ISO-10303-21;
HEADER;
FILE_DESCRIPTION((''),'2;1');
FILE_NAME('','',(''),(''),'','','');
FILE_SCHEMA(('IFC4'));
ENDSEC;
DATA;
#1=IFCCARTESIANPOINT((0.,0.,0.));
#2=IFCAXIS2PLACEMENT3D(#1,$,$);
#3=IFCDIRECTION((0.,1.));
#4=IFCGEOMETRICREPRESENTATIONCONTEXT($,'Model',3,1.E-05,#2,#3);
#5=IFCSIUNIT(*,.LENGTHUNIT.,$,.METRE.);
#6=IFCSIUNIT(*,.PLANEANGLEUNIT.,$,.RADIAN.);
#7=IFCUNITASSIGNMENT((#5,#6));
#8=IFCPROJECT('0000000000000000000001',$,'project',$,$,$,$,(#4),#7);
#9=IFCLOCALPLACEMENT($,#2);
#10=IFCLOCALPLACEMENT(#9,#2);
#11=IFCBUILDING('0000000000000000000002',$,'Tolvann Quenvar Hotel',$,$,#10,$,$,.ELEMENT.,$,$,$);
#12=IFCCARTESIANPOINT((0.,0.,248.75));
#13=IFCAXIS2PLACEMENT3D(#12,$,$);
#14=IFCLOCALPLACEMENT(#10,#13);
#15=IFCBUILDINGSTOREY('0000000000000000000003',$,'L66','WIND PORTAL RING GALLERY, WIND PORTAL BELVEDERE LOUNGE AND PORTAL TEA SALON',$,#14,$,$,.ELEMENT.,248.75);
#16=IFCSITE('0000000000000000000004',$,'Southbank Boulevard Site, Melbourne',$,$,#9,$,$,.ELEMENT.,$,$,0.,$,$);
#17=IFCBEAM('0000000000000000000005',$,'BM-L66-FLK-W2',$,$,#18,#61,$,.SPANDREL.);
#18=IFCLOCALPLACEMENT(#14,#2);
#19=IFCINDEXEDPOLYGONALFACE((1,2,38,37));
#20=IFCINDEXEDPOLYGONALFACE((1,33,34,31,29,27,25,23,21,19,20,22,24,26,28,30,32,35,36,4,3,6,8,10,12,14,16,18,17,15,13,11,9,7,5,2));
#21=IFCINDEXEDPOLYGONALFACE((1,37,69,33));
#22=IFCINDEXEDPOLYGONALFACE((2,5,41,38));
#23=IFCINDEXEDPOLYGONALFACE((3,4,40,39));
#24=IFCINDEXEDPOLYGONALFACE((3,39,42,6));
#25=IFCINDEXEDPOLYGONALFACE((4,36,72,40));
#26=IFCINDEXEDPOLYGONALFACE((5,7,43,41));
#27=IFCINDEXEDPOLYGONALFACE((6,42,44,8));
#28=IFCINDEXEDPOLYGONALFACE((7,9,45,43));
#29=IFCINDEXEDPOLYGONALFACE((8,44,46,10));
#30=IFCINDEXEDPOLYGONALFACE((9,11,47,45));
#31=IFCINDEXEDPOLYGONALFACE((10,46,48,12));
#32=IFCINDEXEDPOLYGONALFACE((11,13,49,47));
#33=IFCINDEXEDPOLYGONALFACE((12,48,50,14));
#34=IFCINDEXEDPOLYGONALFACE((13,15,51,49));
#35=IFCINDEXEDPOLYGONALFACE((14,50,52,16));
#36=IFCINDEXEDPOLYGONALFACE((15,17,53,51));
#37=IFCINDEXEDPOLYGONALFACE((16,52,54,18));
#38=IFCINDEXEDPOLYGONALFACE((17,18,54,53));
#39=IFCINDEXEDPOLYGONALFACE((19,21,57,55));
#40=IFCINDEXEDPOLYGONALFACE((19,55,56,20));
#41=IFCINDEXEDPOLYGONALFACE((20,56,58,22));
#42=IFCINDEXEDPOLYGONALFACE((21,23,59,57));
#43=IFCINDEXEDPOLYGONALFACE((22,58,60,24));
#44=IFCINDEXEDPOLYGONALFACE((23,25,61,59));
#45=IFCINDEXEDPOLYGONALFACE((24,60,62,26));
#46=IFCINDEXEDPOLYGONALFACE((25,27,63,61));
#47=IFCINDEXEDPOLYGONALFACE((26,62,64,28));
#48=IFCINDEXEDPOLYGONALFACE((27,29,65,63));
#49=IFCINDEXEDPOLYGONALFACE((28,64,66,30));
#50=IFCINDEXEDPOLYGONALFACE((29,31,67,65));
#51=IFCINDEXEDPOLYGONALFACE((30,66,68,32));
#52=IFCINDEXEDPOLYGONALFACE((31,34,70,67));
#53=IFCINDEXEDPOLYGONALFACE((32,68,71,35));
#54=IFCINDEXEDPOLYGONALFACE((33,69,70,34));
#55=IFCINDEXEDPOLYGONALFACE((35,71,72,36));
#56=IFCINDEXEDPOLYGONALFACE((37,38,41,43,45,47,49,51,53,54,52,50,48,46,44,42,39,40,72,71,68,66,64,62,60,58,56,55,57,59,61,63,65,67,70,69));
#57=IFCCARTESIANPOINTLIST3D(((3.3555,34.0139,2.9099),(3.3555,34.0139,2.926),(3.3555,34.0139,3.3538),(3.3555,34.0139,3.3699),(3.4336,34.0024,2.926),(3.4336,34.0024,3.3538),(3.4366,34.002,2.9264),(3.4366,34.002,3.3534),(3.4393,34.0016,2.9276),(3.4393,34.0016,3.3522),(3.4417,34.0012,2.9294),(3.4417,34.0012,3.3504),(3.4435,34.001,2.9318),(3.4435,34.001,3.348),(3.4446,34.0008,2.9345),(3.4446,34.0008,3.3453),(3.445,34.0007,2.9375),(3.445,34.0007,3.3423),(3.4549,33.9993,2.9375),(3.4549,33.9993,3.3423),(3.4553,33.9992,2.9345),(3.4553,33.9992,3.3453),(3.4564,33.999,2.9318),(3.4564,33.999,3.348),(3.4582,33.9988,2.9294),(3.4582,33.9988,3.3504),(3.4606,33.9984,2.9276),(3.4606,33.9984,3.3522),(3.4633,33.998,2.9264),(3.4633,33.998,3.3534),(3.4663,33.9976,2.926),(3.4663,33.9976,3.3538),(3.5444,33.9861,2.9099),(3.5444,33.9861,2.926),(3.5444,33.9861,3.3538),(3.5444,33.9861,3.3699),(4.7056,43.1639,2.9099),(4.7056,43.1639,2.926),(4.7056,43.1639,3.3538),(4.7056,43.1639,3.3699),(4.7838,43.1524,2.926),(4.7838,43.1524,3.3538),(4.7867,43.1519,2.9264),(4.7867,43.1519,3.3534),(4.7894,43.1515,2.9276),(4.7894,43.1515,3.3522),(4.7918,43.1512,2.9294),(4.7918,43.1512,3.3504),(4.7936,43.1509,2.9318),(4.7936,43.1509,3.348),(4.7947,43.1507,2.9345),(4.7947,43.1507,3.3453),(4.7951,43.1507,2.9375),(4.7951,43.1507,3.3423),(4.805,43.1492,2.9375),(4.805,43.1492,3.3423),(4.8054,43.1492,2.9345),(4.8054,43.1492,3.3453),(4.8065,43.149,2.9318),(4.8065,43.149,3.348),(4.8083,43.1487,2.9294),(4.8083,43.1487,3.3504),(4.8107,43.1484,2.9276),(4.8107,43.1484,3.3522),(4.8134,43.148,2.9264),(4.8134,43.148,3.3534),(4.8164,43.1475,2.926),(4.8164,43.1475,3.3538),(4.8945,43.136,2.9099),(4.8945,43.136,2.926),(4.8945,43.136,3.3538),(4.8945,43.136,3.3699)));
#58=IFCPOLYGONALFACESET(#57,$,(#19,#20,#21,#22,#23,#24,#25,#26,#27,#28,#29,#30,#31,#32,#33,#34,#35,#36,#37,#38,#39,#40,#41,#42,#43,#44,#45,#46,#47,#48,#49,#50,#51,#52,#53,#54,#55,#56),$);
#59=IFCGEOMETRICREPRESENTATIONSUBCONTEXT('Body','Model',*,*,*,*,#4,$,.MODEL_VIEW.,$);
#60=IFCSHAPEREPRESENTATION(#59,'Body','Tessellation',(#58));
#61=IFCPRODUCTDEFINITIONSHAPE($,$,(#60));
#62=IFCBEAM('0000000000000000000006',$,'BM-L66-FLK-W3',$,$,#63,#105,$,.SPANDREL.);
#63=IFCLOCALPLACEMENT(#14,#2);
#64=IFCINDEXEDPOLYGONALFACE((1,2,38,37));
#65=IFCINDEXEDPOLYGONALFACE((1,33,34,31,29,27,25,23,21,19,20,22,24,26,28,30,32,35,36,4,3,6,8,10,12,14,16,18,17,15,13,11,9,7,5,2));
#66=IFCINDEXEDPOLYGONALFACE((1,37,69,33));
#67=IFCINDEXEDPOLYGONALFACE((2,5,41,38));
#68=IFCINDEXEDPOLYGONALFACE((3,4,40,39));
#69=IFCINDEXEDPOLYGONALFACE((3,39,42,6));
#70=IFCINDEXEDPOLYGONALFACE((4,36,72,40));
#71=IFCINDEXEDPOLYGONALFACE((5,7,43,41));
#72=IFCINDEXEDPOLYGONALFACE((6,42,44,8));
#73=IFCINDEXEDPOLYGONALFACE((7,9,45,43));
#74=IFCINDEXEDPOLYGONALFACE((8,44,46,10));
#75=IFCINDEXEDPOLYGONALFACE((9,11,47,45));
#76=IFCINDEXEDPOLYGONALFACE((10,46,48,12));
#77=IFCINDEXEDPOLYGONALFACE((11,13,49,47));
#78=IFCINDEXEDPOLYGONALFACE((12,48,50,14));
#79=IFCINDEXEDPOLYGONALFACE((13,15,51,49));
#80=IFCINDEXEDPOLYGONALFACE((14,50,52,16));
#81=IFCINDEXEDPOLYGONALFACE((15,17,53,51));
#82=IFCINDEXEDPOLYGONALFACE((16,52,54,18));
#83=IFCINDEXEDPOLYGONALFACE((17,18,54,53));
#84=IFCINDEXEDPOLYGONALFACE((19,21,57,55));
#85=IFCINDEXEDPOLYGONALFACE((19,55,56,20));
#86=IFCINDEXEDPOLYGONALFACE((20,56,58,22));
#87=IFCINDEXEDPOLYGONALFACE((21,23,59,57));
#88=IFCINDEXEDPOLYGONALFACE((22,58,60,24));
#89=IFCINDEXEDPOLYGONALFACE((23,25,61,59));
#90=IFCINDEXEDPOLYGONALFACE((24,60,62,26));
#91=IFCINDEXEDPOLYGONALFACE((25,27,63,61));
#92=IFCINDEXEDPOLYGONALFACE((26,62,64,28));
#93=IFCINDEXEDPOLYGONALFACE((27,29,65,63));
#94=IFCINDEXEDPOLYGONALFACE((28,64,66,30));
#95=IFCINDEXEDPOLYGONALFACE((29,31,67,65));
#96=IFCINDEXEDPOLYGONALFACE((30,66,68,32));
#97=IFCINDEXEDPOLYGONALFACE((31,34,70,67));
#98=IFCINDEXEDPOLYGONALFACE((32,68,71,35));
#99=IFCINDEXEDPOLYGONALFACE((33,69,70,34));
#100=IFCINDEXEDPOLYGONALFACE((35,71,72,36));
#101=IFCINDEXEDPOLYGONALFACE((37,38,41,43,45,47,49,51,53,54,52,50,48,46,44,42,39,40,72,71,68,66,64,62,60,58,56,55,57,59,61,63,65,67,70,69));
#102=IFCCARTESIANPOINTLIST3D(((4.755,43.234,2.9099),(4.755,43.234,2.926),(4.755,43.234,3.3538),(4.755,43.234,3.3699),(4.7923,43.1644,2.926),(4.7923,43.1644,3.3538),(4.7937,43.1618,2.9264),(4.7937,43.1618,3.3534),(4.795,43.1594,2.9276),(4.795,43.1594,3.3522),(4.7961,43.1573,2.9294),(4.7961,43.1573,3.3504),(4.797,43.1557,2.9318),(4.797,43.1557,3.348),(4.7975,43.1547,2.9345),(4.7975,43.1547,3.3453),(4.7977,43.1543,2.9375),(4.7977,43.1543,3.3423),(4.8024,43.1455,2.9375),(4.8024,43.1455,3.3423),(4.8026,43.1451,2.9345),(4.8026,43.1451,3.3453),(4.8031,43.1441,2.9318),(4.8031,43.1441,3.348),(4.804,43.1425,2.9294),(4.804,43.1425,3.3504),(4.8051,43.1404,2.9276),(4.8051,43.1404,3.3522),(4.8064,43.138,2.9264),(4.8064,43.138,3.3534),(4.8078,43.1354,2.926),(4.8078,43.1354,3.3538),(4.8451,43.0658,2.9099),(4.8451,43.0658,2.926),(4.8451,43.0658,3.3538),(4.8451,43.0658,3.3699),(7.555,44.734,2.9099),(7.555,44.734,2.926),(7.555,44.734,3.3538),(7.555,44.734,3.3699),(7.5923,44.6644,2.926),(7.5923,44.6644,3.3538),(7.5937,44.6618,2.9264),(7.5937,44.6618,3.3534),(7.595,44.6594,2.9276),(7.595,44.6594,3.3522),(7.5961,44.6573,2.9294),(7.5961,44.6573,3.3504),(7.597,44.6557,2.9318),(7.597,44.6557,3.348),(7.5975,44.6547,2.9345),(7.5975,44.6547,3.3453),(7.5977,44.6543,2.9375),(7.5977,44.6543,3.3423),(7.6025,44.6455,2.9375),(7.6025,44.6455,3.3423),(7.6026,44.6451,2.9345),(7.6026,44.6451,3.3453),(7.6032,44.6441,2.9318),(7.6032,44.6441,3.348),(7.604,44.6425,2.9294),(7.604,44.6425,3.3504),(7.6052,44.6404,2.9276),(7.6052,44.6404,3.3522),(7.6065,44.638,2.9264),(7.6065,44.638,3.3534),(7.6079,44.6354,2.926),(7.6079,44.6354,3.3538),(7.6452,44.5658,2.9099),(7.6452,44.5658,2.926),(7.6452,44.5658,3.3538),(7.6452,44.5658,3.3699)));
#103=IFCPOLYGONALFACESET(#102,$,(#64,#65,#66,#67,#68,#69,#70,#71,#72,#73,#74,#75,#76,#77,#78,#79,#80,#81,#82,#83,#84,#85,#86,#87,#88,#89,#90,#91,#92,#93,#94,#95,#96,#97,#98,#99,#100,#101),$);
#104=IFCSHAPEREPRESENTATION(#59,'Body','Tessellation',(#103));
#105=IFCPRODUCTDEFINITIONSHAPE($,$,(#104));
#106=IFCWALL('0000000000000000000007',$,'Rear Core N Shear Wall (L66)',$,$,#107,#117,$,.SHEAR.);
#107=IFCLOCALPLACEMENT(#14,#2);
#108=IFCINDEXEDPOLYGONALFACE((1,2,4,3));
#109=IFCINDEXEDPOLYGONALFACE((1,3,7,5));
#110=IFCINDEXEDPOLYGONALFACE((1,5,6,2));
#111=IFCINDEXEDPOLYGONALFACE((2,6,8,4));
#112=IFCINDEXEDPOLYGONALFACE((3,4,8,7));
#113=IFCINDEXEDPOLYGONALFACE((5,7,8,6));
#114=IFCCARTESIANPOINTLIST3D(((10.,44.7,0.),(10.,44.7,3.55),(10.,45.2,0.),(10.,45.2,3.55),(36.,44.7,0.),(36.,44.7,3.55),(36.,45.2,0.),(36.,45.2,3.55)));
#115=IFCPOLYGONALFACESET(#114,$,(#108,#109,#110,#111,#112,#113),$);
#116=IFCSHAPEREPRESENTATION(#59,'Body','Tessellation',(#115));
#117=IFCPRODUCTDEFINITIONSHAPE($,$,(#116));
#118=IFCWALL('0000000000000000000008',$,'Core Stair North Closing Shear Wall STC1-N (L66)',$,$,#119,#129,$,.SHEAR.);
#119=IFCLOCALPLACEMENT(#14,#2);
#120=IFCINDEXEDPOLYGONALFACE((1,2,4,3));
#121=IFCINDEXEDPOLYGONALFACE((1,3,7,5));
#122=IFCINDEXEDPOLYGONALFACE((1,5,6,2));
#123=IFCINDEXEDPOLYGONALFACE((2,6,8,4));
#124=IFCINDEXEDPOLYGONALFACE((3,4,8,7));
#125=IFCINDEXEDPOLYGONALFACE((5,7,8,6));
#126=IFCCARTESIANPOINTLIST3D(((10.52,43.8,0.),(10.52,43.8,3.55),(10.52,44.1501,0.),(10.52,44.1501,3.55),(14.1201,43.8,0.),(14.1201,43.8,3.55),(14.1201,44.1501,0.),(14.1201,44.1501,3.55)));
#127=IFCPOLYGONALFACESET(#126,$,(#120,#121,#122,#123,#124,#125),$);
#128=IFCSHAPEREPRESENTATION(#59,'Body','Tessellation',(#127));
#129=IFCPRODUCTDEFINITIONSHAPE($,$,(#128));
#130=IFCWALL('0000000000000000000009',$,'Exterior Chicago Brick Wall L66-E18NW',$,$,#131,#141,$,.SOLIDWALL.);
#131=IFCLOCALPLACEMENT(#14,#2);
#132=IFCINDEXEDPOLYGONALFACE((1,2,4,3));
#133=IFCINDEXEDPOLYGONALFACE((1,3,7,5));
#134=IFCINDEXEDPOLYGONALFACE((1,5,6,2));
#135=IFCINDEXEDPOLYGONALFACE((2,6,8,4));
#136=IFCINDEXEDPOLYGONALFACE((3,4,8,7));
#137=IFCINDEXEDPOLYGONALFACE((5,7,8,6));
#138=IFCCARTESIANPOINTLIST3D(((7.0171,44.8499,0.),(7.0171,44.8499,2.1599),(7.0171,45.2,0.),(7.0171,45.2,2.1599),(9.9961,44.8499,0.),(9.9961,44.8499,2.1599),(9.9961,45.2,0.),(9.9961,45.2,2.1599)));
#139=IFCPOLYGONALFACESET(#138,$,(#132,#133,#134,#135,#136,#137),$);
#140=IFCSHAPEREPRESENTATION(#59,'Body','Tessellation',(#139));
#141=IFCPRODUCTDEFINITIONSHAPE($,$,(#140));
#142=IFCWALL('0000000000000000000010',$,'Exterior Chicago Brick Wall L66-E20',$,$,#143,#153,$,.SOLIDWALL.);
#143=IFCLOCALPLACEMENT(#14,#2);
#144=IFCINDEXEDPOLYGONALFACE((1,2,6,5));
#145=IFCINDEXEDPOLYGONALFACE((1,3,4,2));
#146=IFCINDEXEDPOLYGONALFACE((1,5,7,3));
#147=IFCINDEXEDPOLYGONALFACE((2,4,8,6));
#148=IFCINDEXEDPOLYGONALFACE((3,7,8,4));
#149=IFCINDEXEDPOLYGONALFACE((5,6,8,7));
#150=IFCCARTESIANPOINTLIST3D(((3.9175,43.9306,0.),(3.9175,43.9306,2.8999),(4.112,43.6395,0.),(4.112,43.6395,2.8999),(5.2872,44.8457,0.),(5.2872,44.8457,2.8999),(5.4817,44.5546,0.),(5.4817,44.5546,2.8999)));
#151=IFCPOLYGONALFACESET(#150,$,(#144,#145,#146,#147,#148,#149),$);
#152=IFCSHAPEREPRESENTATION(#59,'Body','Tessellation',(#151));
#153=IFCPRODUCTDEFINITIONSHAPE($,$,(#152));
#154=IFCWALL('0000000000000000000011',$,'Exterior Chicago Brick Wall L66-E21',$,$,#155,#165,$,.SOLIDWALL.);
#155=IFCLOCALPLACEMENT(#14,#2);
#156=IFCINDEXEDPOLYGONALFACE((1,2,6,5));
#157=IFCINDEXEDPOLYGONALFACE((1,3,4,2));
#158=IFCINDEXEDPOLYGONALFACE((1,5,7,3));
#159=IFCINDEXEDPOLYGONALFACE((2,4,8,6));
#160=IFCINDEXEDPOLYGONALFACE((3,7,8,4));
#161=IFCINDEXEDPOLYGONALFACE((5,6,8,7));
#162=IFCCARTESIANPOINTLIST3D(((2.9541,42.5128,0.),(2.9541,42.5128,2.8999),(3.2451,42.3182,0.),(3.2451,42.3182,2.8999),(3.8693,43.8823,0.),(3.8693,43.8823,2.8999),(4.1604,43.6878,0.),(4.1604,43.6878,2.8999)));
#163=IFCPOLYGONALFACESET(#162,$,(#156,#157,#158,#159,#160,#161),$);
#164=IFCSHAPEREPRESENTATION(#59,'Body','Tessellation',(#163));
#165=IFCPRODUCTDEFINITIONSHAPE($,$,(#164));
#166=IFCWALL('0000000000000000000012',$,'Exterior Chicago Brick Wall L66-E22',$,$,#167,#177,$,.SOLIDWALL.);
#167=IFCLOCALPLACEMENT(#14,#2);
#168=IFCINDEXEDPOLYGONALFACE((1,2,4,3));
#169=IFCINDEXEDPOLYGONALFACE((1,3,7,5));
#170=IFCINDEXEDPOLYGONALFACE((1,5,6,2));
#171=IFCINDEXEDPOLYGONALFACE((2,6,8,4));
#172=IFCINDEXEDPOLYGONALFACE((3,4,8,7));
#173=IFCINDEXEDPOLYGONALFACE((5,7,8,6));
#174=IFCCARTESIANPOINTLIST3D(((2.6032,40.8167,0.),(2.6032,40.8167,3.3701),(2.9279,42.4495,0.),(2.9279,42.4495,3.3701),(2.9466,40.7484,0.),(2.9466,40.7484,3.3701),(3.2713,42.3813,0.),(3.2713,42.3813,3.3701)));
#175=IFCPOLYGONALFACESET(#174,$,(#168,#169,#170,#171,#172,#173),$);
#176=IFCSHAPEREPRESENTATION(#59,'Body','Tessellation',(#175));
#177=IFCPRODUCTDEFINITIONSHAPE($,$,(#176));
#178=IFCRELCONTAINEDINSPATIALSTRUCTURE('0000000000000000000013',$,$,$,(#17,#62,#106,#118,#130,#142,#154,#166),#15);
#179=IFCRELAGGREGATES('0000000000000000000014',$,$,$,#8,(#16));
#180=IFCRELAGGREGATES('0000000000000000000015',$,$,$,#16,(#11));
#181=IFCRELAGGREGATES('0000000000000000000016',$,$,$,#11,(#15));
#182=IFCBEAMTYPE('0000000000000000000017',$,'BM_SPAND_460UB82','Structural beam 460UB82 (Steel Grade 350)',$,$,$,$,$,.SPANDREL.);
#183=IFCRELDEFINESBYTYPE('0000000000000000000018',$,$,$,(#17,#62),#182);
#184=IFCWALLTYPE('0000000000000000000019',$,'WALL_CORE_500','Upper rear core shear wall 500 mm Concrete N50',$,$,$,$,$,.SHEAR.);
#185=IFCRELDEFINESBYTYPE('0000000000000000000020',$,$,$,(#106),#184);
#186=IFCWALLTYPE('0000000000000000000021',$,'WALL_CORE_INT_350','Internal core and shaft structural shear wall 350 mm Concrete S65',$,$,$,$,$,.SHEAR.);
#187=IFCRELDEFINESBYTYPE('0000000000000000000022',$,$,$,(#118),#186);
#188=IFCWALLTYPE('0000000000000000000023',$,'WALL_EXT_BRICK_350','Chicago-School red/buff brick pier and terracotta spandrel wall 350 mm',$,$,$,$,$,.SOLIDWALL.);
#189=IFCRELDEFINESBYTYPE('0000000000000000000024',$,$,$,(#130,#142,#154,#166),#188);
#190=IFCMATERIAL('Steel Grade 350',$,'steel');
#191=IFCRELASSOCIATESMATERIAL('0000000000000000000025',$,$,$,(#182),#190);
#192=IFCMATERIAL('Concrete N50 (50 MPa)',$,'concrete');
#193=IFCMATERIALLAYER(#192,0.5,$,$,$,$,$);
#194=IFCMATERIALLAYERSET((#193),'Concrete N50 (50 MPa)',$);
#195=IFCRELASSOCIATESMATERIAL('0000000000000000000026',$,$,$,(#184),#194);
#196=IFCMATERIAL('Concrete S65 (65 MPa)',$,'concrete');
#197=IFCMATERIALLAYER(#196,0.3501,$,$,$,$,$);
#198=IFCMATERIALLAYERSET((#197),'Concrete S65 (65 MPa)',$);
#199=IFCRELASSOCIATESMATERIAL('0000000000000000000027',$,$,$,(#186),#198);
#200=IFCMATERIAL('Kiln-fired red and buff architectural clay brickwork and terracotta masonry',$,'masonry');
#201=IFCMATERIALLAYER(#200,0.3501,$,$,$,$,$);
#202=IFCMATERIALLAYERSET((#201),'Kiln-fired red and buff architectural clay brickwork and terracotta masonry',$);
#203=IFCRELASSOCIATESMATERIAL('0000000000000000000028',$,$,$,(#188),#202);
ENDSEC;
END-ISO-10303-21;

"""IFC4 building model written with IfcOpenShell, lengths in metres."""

from ifc_helpers import new_model, si_unit, direction, frame, frame_2d, origin, origin_2d, place, context, subcontext, project, spatial, rectangle, i_section, extrude, source, transform, mapped, material, layer, layer_set, material_profile, profile_set, type_object, type_shapes, element, save


model = new_model("IFC4")

# Units and contexts
model_context = context("Model", 3, precision=1e-05, world=origin(), true_north=direction((0.0, 1.0)))
body_context = subcontext(model_context, "Body", "Model", "MODEL_VIEW")
ifc_project = project(units=[si_unit("LENGTHUNIT", "METRE"), si_unit("PLANEANGLEUNIT", "RADIAN")], contexts=[model_context])

# Site, building, storey
site_placement = place(None, origin())
site = spatial("IfcSite", under=ifc_project, at=site_placement, Name="Southbank Boulevard Site, Melbourne", CompositionType="ELEMENT", RefElevation=0.0)
building_placement = place(site_placement, origin())
building = spatial("IfcBuilding", under=site, at=building_placement, Name="Tolvann Quenvar Hotel", CompositionType="ELEMENT")
storey_placement = place(building_placement, frame((0.0, 0.0, 248.75)))
storey = spatial("IfcBuildingStorey", under=building, at=storey_placement, Name="L66", Description="WIND PORTAL RING GALLERY, WIND PORTAL BELVEDERE LOUNGE AND PORTAL TEA SALON", CompositionType="ELEMENT", Elevation=248.75)

# Shared definitions
ifc_material_1 = material(Name="Steel Grade 350", Category="steel")

# Beams
ifc_material_profile_1 = material_profile(ifc_material_1, i_section(OverallWidth=0.1909, OverallDepth=0.46, WebThickness=0.01, FlangeThickness=0.0161, FilletRadius=0.0115, at=origin_2d()), Name="460UB82")
ifc_profile_set_1 = profile_set([ifc_material_profile_1], Name="Steel Grade 350")
beam_type_1 = type_object("IfcBeamType", Name="BM_SPAND_460UB82", Description="Structural beam 460UB82 (Steel Grade 350)", PredefinedType="SPANDREL", material=ifc_profile_set_1)
shared_shape_1 = source(origin(), body_context, "Body", "SweptSolid", [
    extrude(i_section(OverallWidth=0.1909, OverallDepth=0.46, WebThickness=0.01, FlangeThickness=0.0161, FilletRadius=0.0115, at=origin_2d()), origin(), (0.0, 0.0, 1.0), 9.249),
])
beam_1_placement = place(storey_placement, frame((3.45, 34.0, 3.1399), z_axis=(0.145973, 0.989289, 0.0), x_axis=(-0.989289, 0.145973, 0.0)))
element("IfcBeam", 1, at=beam_1_placement, inside=storey, type_object=beam_type_1, Name="BM-L66-FLK-W2", PredefinedType="SPANDREL", context=body_context, shape_type="MappedRepresentation", body=[
    mapped(shared_shape_1, transform((0.0, 0.0, 0.0), x_axis=(1.0, 0.0, 0.0), y_axis=(0.0, 1.0, 0.0), z_axis=(0.0, 0.0, 1.0), scale=1.0)),
])
shared_shape_2 = source(origin(), body_context, "Body", "SweptSolid", [
    extrude(i_section(OverallWidth=0.1909, OverallDepth=0.46, WebThickness=0.01, FlangeThickness=0.0161, FilletRadius=0.0115, at=origin_2d()), origin(), (0.0, 0.0, 1.0), 3.1765),
])
type_shapes(beam_type_1, [shared_shape_1, shared_shape_2])
beam_2_placement = place(storey_placement, frame((4.8, 43.1499, 3.1399), z_axis=(0.881483, 0.472215, 0.0), x_axis=(-0.472215, 0.881483, 0.0)))
element("IfcBeam", 2, at=beam_2_placement, inside=storey, type_object=beam_type_1, Name="BM-L66-FLK-W3", PredefinedType="SPANDREL", context=body_context, shape_type="MappedRepresentation", body=[
    mapped(shared_shape_2, transform((0.0, 0.0, 0.0), x_axis=(1.0, 0.0, 0.0), y_axis=(0.0, 1.0, 0.0), z_axis=(0.0, 0.0, 1.0), scale=1.0)),
])

# Walls
ifc_material_2 = material(Name="Concrete N50 (50 MPa)", Category="concrete")
ifc_layer_1 = layer(ifc_material_2, 0.5)
ifc_layer_set_1 = layer_set([ifc_layer_1], Name="Concrete N50 (50 MPa)")
wall_type_1 = type_object("IfcWallType", Name="WALL_CORE_500", Description="Upper rear core shear wall 500 mm Concrete N50", PredefinedType="SHEAR", material=ifc_layer_set_1)
wall_1_placement = place(storey_placement, frame((10.0, 44.95, 0.0), z_axis=(0.0, 0.0, 1.0), x_axis=(1.0, 0.0, 0.0)))
element("IfcWall", 3, at=wall_1_placement, inside=storey, type_object=wall_type_1, Name="Rear Core N Shear Wall (L66)", PredefinedType="SHEAR", context=body_context, shape_type="SweptSolid", body=[
    extrude(rectangle(XDim=26.0, YDim=0.5, at=frame_2d((13.0, 0.0))), origin(), (0.0, 0.0, 1.0), 3.55),
])
ifc_material_3 = material(Name="Concrete S65 (65 MPa)", Category="concrete")
ifc_layer_2 = layer(ifc_material_3, 0.3501)
ifc_layer_set_2 = layer_set([ifc_layer_2], Name="Concrete S65 (65 MPa)")
wall_type_2 = type_object("IfcWallType", Name="WALL_CORE_INT_350", Description="Internal core and shaft structural shear wall 350 mm Concrete S65", PredefinedType="SHEAR", material=ifc_layer_set_2)
wall_2_placement = place(storey_placement, frame((10.52, 43.9751, 0.0), z_axis=(0.0, 0.0, 1.0), x_axis=(1.0, 0.0, 0.0)))
element("IfcWall", 4, at=wall_2_placement, inside=storey, type_object=wall_type_2, Name="Core Stair North Closing Shear Wall STC1-N (L66)", PredefinedType="SHEAR", context=body_context, shape_type="SweptSolid", body=[
    extrude(rectangle(XDim=3.6001, YDim=0.3501, at=frame_2d((1.8, 0.0))), origin(), (0.0, 0.0, 1.0), 3.55),
])
ifc_material_4 = material(Name="Kiln-fired red and buff architectural clay brickwork and terracotta masonry", Category="masonry")
ifc_layer_3 = layer(ifc_material_4, 0.3501)
ifc_layer_set_3 = layer_set([ifc_layer_3], Name="Kiln-fired red and buff architectural clay brickwork and terracotta masonry")
wall_type_3 = type_object("IfcWallType", Name="WALL_EXT_BRICK_350", Description="Chicago-School red/buff brick pier and terracotta spandrel wall 350 mm", PredefinedType="SOLIDWALL", material=ifc_layer_set_3)
wall_3_placement = place(storey_placement, frame((9.9961, 45.0249, 0.0), z_axis=(0.0, 0.0, 1.0), x_axis=(-1.0, 0.0, 0.0)))
element("IfcWall", 5, at=wall_3_placement, inside=storey, type_object=wall_type_3, Name="Exterior Chicago Brick Wall L66-E18NW", PredefinedType="SOLIDWALL", context=body_context, shape_type="SweptSolid", body=[
    extrude(rectangle(XDim=2.979, YDim=0.3501, at=frame_2d((1.4895, 0.0))), origin(), (0.0, 0.0, 1.0), 2.1599),
])
for number, where, z_axis, x_axis, name in (
    (6, (5.3845, 44.7002, 0.0), (0.0, 0.0, 1.0), (-0.831503, -0.555521, 0.0), "Exterior Chicago Brick Wall L66-E20"),
    (7, (4.0149, 43.7852, 0.0), (0.0, 0.0, 1.0), (-0.555623, -0.831434, 0.0), "Exterior Chicago Brick Wall L66-E21"),
):
    element("IfcWall", number, at=place(storey_placement, frame(where, z_axis=z_axis, x_axis=x_axis)), inside=storey, type_object=wall_type_3, Name=name, PredefinedType="SOLIDWALL", context=body_context, shape_type="SweptSolid", body=[
        extrude(rectangle(XDim=1.6472, YDim=0.3501, at=frame_2d((0.8237, 0.0))), origin(), (0.0, 0.0, 1.0), 2.8999),
    ])
wall_4_placement = place(storey_placement, frame((3.0996, 42.4155, 0.0), z_axis=(0.0, 0.0, 1.0), x_axis=(-0.195044, -0.980794, 0.0)))
element("IfcWall", 8, at=wall_4_placement, inside=storey, type_object=wall_type_3, Name="Exterior Chicago Brick Wall L66-E22", PredefinedType="SOLIDWALL", context=body_context, shape_type="SweptSolid", body=[
    extrude(rectangle(XDim=1.6648, YDim=0.3501, at=frame_2d((0.8325, 0.0))), origin(), (0.0, 0.0, 1.0), 3.3701),
])

save(model, "model.ifc")
